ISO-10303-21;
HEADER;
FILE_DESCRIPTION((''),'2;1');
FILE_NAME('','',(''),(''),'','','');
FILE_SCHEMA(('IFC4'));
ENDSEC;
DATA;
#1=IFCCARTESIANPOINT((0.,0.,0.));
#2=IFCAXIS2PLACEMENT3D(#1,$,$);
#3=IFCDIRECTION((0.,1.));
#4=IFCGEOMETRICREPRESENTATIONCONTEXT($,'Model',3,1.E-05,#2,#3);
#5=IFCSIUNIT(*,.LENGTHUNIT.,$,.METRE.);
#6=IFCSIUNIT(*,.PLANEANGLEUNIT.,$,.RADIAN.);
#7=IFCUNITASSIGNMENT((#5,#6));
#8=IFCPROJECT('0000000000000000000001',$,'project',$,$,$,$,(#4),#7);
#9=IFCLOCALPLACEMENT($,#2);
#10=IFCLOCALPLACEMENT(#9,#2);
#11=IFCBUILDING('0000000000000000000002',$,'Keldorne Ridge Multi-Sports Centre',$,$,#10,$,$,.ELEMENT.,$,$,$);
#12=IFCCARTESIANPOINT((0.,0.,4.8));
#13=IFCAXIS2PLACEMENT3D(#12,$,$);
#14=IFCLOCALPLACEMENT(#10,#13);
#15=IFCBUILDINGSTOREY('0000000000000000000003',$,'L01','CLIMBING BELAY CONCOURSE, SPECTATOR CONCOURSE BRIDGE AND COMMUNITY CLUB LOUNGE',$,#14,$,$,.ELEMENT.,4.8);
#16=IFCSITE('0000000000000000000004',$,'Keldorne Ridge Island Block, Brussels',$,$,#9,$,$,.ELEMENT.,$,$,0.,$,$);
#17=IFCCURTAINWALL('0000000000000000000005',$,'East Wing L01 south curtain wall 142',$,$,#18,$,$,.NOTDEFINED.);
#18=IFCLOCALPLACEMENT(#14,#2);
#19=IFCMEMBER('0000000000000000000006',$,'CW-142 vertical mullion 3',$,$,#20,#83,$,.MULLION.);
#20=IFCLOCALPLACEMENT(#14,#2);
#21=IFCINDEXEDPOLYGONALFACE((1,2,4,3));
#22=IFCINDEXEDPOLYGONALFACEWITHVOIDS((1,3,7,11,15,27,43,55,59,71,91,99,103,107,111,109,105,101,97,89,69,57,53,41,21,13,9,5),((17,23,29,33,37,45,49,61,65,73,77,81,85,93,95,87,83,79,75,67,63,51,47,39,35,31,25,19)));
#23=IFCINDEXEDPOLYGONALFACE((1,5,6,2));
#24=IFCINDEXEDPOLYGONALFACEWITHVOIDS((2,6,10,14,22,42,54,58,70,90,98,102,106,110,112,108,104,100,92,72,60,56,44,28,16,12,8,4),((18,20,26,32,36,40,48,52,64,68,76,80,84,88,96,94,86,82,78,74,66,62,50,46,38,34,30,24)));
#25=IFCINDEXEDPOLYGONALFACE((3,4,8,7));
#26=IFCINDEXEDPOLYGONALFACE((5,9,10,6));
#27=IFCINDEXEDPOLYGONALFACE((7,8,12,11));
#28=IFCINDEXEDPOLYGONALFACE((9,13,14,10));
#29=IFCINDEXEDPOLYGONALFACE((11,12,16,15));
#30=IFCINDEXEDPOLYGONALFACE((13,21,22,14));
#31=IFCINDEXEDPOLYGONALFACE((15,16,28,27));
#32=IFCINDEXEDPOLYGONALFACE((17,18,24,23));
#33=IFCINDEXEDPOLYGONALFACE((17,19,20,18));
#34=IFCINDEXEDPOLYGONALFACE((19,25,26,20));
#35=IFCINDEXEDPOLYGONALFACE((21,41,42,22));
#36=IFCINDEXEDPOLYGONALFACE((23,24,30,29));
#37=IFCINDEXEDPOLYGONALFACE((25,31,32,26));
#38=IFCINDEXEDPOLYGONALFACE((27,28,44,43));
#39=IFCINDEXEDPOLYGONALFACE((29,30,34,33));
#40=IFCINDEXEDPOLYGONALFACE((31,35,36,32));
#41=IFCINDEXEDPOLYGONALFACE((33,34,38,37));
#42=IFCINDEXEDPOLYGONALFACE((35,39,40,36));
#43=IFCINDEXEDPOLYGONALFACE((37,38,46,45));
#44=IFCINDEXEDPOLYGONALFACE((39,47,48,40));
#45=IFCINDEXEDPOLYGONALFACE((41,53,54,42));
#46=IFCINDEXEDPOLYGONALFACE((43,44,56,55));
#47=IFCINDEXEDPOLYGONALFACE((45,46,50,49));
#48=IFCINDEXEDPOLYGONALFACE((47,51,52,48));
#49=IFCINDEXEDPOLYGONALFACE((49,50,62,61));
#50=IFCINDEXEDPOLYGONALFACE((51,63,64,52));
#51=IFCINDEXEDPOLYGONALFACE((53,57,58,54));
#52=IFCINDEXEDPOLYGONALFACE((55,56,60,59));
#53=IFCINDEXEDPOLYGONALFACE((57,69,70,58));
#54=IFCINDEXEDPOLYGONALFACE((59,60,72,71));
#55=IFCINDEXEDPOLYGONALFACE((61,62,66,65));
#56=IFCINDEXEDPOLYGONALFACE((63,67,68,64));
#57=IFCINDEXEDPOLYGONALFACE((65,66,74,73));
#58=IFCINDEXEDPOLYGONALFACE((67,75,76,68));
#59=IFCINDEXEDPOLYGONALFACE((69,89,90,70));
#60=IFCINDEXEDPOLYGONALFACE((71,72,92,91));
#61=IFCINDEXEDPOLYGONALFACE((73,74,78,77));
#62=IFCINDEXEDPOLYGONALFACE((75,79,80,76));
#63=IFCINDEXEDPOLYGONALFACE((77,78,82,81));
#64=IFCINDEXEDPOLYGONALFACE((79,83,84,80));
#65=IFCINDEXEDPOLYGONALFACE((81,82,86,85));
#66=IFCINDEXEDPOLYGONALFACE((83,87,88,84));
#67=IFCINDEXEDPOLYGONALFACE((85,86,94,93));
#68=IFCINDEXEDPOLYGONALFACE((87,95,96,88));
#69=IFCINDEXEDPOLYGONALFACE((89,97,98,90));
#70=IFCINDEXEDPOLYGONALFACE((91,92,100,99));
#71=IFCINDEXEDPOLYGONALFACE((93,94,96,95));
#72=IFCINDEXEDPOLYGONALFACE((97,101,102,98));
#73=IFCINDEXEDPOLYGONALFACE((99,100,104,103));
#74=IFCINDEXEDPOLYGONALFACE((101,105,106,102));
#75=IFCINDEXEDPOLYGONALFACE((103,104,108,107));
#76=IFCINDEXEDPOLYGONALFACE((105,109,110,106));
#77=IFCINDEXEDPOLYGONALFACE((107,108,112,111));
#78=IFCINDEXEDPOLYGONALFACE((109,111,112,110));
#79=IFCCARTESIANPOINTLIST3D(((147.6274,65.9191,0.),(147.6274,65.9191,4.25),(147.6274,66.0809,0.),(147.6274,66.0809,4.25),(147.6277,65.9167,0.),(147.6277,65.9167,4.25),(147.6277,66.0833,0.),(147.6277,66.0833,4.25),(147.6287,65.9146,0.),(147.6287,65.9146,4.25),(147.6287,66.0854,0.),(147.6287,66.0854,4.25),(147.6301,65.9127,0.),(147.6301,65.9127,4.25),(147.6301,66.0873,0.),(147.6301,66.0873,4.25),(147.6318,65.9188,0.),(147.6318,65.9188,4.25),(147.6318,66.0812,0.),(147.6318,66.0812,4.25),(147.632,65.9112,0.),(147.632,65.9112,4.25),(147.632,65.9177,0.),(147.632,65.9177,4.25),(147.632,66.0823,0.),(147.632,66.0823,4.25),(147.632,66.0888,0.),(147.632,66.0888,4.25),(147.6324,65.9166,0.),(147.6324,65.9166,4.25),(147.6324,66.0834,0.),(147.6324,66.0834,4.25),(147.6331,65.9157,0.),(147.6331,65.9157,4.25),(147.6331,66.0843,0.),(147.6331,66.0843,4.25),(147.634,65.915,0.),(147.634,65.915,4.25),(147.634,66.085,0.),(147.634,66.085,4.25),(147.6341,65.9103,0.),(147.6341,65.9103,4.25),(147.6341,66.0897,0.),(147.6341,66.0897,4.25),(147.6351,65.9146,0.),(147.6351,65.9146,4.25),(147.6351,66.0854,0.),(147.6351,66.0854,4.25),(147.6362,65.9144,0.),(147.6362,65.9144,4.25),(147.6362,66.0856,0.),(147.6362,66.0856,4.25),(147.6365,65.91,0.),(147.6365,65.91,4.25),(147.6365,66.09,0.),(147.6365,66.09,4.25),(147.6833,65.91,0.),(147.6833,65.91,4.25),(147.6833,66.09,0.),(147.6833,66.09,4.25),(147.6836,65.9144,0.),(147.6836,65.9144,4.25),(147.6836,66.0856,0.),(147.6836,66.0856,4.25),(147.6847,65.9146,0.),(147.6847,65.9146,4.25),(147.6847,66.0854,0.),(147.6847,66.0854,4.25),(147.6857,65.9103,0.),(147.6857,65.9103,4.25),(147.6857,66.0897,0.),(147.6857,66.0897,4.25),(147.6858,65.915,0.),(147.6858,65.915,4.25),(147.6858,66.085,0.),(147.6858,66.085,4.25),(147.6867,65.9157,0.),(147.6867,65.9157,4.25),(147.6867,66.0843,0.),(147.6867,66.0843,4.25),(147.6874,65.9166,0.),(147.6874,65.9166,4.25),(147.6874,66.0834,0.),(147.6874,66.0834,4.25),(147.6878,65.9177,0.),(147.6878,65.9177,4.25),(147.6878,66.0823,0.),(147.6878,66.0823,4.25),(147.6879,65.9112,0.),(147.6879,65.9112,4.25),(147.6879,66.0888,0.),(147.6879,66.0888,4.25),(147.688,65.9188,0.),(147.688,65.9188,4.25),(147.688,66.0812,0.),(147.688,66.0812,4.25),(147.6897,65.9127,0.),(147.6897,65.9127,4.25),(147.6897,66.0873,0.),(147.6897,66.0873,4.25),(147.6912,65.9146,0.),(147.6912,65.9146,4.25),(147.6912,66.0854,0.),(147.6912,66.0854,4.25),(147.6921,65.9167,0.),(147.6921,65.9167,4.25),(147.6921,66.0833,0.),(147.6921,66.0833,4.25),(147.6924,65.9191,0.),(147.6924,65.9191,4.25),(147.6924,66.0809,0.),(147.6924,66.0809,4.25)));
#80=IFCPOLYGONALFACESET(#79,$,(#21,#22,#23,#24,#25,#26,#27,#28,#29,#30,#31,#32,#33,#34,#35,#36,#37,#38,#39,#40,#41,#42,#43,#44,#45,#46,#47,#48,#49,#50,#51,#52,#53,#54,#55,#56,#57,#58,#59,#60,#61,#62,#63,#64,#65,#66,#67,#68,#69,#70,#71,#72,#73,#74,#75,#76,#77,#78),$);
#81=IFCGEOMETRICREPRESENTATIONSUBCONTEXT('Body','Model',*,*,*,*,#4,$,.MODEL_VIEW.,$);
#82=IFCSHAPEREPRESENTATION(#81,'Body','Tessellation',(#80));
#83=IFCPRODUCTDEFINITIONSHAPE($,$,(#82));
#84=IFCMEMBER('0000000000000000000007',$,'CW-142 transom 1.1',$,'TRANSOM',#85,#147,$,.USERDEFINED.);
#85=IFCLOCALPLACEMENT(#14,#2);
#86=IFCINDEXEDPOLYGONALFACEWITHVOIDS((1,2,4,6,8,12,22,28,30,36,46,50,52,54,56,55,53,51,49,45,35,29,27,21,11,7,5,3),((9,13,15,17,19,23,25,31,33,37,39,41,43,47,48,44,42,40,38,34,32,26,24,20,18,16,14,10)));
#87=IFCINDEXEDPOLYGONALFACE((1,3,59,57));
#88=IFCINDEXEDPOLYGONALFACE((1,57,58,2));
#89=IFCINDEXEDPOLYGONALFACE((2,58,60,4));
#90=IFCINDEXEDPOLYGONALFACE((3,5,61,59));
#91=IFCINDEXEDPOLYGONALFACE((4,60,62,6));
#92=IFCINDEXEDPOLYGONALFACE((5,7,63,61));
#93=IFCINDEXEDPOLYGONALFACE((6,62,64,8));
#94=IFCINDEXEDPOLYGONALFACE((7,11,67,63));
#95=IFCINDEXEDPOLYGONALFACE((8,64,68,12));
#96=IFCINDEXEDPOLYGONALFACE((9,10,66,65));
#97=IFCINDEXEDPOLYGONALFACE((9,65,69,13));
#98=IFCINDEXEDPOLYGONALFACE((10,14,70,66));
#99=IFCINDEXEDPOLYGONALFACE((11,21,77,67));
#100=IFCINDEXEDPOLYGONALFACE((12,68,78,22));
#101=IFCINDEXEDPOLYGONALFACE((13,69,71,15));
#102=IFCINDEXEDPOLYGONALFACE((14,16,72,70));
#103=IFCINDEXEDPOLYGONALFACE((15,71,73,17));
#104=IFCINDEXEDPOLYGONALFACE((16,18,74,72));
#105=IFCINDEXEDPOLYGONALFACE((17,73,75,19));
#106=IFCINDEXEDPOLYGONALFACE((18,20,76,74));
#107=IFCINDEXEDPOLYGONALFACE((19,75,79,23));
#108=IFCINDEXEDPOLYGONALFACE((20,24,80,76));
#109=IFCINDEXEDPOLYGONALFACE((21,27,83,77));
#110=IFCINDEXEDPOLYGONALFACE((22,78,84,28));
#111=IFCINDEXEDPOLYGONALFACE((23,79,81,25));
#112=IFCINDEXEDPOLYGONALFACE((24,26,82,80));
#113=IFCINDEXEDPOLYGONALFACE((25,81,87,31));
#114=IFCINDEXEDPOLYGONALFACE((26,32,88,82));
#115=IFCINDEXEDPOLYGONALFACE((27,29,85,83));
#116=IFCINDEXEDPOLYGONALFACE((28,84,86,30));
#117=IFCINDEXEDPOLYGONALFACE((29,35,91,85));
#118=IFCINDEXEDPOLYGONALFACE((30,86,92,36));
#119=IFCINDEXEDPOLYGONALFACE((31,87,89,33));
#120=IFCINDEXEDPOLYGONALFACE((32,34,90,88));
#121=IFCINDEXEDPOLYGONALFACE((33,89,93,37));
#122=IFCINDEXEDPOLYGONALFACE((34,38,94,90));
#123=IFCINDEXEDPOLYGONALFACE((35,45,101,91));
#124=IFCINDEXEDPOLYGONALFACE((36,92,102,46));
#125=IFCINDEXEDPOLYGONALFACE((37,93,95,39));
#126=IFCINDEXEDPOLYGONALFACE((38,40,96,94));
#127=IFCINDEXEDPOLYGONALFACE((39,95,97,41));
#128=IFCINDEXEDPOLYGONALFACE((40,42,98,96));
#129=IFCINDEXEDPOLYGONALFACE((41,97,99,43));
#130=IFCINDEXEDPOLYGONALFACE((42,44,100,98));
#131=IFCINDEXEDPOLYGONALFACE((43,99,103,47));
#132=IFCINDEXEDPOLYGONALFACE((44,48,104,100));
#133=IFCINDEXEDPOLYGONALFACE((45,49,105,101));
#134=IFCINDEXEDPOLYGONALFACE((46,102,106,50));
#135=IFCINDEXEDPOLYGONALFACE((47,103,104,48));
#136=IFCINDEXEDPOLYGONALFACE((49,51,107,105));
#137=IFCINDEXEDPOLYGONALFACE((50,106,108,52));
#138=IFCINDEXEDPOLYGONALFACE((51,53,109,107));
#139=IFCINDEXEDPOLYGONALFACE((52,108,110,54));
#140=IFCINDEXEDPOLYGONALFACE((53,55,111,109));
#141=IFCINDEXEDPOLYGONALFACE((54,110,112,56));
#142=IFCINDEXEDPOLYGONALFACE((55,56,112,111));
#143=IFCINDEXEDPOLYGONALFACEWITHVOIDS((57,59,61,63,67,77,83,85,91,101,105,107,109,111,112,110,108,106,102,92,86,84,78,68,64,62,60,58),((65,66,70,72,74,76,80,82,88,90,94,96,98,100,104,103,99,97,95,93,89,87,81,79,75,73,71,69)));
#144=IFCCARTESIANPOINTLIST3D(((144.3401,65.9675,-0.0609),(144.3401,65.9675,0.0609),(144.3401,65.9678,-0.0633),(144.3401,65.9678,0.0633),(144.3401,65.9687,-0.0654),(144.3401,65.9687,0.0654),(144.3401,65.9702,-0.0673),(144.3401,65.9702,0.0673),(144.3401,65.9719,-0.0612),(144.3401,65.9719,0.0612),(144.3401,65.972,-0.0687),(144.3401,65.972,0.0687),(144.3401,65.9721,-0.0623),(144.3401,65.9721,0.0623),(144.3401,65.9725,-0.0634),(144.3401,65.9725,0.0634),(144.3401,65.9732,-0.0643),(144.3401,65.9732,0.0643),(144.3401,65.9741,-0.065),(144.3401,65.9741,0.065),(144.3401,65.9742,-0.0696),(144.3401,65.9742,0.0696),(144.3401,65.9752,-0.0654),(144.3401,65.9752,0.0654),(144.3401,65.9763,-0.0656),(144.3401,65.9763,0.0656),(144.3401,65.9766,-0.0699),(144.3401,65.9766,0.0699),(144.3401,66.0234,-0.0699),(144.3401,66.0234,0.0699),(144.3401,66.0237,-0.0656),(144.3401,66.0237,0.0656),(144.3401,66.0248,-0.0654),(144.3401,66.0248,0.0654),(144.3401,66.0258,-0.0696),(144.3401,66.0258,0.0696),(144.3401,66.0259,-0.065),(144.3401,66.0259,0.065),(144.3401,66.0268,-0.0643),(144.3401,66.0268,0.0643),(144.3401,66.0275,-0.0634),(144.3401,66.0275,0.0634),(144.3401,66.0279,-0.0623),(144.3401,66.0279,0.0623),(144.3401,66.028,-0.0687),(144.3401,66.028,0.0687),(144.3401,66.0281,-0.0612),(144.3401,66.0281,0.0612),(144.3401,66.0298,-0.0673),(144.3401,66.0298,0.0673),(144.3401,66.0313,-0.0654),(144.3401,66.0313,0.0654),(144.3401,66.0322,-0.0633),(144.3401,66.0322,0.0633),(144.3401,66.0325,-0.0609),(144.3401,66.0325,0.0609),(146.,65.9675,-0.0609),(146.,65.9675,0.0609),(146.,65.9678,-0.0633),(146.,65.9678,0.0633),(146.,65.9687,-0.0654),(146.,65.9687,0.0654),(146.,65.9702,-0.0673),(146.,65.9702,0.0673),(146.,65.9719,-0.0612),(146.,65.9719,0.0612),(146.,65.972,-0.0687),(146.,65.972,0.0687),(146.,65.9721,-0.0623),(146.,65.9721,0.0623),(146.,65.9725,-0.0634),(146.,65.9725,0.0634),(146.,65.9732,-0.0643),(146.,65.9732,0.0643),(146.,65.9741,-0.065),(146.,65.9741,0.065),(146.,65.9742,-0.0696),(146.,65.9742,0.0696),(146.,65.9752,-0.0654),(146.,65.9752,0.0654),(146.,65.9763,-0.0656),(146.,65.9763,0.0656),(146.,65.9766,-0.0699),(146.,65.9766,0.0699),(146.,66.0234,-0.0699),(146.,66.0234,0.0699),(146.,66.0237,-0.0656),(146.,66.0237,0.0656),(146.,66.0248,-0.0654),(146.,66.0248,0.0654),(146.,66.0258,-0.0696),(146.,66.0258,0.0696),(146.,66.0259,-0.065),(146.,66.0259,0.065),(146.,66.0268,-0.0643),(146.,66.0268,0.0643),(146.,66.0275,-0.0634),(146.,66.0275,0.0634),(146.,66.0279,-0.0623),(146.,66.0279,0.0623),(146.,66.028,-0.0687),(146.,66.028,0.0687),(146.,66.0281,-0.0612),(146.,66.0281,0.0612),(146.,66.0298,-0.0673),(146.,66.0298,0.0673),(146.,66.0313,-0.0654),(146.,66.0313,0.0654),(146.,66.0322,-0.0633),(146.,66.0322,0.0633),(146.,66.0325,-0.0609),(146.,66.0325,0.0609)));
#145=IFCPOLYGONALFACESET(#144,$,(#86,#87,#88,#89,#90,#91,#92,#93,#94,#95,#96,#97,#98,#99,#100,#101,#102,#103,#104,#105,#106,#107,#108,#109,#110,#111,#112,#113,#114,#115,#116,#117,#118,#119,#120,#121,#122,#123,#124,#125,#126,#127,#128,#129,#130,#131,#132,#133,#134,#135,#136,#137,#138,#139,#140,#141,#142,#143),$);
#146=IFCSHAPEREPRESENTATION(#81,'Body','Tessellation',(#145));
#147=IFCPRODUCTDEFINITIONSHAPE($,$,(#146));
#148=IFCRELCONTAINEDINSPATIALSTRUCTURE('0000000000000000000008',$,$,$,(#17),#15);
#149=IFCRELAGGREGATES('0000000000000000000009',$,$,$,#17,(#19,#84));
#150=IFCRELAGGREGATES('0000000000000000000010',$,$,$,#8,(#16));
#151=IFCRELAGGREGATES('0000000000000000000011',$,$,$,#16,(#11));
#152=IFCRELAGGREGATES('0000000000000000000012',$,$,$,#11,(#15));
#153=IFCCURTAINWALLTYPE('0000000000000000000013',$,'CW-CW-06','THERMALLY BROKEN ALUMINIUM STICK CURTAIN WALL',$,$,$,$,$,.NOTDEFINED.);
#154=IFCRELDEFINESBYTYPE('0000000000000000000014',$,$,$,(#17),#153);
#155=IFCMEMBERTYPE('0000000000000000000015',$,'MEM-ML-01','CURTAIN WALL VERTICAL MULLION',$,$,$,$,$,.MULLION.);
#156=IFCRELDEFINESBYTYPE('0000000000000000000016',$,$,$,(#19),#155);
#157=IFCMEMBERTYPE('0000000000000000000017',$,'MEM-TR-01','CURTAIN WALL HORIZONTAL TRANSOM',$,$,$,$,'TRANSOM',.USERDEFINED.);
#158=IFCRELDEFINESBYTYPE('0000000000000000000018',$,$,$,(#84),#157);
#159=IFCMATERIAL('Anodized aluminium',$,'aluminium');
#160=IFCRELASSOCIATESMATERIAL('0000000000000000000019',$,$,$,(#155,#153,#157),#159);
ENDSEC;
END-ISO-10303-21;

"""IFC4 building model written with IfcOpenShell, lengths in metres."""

from ifc_helpers import new_model, si_unit, direction, frame, origin, origin_2d, place, context, subcontext, project, spatial, hollow_rectangle, extrude, material, material_profile, profile_set, type_object, element, aggregate, save


model = new_model("IFC4")

# Units and contexts
model_context = context("Model", 3, precision=1e-05, world=origin(), true_north=direction((0.0, 1.0)))
body_context = subcontext(model_context, "Body", "Model", "MODEL_VIEW")
ifc_project = project(units=[si_unit("LENGTHUNIT", "METRE"), si_unit("PLANEANGLEUNIT", "RADIAN")], contexts=[model_context])

# Site, building, storey
site_placement = place(None, origin())
site = spatial("IfcSite", under=ifc_project, at=site_placement, Name="Keldorne Ridge Island Block, Brussels", CompositionType="ELEMENT", RefElevation=0.0)
building_placement = place(site_placement, origin())
building = spatial("IfcBuilding", under=site, at=building_placement, Name="Keldorne Ridge Multi-Sports Centre", CompositionType="ELEMENT")
storey_placement = place(building_placement, frame((0.0, 0.0, 4.8)))
storey = spatial("IfcBuildingStorey", under=building, at=storey_placement, Name="L01", Description="CLIMBING BELAY CONCOURSE, SPECTATOR CONCOURSE BRIDGE AND COMMUNITY CLUB LOUNGE", CompositionType="ELEMENT", Elevation=4.8)

# Shared definitions
ifc_material_1 = material(Name="Anodized aluminium", Category="aluminium")
ifc_material_profile_1 = material_profile(ifc_material_1, hollow_rectangle(XDim=0.0649, YDim=0.1799, WallThickness=0.0044, InnerFilletRadius=0.0044, OuterFilletRadius=0.009, at=origin_2d()), Name="ALU MULLION 180x65x4.5")
ifc_profile_set_1 = profile_set([ifc_material_profile_1], Name="Anodized aluminium")
member_type_1 = type_object("IfcMemberType", Name="MEM-ML-01", Description="CURTAIN WALL VERTICAL MULLION", PredefinedType="MULLION", material=ifc_profile_set_1)

# Curtain wall, members
curtain_wall_type_1 = type_object("IfcCurtainWallType", Name="CW-CW-06", Description="THERMALLY BROKEN ALUMINIUM STICK CURTAIN WALL", PredefinedType="NOTDEFINED", material=ifc_material_1)
curtain_wall_1_placement = place(storey_placement, origin())
curtain_wall_1 = element("IfcCurtainWall", 1, at=curtain_wall_1_placement, inside=storey, type_object=curtain_wall_type_1, Name="East Wing L01 south curtain wall 142", PredefinedType="NOTDEFINED")
member_1_placement = place(storey_placement, frame((147.6599, 66.0, 0.0), z_axis=(0.0, 0.0, 1.0), x_axis=(1.0, 0.0, 0.0)))
member_1 = element("IfcMember", 2, at=member_1_placement, type_object=member_type_1, Name="CW-142 vertical mullion 3", PredefinedType="MULLION", context=body_context, shape_type="SweptSolid", body=[
    extrude(hollow_rectangle(XDim=0.0649, YDim=0.1799, WallThickness=0.0044, InnerFilletRadius=0.0044, OuterFilletRadius=0.009, at=origin_2d()), origin(), (0.0, 0.0, 1.0), 4.25),
])
ifc_material_profile_2 = material_profile(ifc_material_1, hollow_rectangle(XDim=0.0649, YDim=0.1399, WallThickness=0.0044, InnerFilletRadius=0.0044, OuterFilletRadius=0.009, at=origin_2d()), Name="ALU TRANSOM 140x65x4.5")
ifc_profile_set_2 = profile_set([ifc_material_profile_2], Name="Anodized aluminium")
member_type_2 = type_object("IfcMemberType", Name="MEM-TR-01", Description="CURTAIN WALL HORIZONTAL TRANSOM", ElementType="TRANSOM", PredefinedType="USERDEFINED", material=ifc_profile_set_2)
member_2_placement = place(storey_placement, frame((144.3401, 66.0, 0.0), z_axis=(1.0, 0.0, 0.0), x_axis=(0.0, 1.0, 0.0)))
member_2 = element("IfcMember", 3, at=member_2_placement, type_object=member_type_2, Name="CW-142 transom 1.1", ObjectType="TRANSOM", PredefinedType="USERDEFINED", context=body_context, shape_type="SweptSolid", body=[
    extrude(hollow_rectangle(XDim=0.0649, YDim=0.1399, WallThickness=0.0044, InnerFilletRadius=0.0044, OuterFilletRadius=0.009, at=origin_2d()), origin(), (0.0, 0.0, 1.0), 1.6599),
])
aggregate(curtain_wall_1, [member_1, member_2])

save(model, "model.ifc")
